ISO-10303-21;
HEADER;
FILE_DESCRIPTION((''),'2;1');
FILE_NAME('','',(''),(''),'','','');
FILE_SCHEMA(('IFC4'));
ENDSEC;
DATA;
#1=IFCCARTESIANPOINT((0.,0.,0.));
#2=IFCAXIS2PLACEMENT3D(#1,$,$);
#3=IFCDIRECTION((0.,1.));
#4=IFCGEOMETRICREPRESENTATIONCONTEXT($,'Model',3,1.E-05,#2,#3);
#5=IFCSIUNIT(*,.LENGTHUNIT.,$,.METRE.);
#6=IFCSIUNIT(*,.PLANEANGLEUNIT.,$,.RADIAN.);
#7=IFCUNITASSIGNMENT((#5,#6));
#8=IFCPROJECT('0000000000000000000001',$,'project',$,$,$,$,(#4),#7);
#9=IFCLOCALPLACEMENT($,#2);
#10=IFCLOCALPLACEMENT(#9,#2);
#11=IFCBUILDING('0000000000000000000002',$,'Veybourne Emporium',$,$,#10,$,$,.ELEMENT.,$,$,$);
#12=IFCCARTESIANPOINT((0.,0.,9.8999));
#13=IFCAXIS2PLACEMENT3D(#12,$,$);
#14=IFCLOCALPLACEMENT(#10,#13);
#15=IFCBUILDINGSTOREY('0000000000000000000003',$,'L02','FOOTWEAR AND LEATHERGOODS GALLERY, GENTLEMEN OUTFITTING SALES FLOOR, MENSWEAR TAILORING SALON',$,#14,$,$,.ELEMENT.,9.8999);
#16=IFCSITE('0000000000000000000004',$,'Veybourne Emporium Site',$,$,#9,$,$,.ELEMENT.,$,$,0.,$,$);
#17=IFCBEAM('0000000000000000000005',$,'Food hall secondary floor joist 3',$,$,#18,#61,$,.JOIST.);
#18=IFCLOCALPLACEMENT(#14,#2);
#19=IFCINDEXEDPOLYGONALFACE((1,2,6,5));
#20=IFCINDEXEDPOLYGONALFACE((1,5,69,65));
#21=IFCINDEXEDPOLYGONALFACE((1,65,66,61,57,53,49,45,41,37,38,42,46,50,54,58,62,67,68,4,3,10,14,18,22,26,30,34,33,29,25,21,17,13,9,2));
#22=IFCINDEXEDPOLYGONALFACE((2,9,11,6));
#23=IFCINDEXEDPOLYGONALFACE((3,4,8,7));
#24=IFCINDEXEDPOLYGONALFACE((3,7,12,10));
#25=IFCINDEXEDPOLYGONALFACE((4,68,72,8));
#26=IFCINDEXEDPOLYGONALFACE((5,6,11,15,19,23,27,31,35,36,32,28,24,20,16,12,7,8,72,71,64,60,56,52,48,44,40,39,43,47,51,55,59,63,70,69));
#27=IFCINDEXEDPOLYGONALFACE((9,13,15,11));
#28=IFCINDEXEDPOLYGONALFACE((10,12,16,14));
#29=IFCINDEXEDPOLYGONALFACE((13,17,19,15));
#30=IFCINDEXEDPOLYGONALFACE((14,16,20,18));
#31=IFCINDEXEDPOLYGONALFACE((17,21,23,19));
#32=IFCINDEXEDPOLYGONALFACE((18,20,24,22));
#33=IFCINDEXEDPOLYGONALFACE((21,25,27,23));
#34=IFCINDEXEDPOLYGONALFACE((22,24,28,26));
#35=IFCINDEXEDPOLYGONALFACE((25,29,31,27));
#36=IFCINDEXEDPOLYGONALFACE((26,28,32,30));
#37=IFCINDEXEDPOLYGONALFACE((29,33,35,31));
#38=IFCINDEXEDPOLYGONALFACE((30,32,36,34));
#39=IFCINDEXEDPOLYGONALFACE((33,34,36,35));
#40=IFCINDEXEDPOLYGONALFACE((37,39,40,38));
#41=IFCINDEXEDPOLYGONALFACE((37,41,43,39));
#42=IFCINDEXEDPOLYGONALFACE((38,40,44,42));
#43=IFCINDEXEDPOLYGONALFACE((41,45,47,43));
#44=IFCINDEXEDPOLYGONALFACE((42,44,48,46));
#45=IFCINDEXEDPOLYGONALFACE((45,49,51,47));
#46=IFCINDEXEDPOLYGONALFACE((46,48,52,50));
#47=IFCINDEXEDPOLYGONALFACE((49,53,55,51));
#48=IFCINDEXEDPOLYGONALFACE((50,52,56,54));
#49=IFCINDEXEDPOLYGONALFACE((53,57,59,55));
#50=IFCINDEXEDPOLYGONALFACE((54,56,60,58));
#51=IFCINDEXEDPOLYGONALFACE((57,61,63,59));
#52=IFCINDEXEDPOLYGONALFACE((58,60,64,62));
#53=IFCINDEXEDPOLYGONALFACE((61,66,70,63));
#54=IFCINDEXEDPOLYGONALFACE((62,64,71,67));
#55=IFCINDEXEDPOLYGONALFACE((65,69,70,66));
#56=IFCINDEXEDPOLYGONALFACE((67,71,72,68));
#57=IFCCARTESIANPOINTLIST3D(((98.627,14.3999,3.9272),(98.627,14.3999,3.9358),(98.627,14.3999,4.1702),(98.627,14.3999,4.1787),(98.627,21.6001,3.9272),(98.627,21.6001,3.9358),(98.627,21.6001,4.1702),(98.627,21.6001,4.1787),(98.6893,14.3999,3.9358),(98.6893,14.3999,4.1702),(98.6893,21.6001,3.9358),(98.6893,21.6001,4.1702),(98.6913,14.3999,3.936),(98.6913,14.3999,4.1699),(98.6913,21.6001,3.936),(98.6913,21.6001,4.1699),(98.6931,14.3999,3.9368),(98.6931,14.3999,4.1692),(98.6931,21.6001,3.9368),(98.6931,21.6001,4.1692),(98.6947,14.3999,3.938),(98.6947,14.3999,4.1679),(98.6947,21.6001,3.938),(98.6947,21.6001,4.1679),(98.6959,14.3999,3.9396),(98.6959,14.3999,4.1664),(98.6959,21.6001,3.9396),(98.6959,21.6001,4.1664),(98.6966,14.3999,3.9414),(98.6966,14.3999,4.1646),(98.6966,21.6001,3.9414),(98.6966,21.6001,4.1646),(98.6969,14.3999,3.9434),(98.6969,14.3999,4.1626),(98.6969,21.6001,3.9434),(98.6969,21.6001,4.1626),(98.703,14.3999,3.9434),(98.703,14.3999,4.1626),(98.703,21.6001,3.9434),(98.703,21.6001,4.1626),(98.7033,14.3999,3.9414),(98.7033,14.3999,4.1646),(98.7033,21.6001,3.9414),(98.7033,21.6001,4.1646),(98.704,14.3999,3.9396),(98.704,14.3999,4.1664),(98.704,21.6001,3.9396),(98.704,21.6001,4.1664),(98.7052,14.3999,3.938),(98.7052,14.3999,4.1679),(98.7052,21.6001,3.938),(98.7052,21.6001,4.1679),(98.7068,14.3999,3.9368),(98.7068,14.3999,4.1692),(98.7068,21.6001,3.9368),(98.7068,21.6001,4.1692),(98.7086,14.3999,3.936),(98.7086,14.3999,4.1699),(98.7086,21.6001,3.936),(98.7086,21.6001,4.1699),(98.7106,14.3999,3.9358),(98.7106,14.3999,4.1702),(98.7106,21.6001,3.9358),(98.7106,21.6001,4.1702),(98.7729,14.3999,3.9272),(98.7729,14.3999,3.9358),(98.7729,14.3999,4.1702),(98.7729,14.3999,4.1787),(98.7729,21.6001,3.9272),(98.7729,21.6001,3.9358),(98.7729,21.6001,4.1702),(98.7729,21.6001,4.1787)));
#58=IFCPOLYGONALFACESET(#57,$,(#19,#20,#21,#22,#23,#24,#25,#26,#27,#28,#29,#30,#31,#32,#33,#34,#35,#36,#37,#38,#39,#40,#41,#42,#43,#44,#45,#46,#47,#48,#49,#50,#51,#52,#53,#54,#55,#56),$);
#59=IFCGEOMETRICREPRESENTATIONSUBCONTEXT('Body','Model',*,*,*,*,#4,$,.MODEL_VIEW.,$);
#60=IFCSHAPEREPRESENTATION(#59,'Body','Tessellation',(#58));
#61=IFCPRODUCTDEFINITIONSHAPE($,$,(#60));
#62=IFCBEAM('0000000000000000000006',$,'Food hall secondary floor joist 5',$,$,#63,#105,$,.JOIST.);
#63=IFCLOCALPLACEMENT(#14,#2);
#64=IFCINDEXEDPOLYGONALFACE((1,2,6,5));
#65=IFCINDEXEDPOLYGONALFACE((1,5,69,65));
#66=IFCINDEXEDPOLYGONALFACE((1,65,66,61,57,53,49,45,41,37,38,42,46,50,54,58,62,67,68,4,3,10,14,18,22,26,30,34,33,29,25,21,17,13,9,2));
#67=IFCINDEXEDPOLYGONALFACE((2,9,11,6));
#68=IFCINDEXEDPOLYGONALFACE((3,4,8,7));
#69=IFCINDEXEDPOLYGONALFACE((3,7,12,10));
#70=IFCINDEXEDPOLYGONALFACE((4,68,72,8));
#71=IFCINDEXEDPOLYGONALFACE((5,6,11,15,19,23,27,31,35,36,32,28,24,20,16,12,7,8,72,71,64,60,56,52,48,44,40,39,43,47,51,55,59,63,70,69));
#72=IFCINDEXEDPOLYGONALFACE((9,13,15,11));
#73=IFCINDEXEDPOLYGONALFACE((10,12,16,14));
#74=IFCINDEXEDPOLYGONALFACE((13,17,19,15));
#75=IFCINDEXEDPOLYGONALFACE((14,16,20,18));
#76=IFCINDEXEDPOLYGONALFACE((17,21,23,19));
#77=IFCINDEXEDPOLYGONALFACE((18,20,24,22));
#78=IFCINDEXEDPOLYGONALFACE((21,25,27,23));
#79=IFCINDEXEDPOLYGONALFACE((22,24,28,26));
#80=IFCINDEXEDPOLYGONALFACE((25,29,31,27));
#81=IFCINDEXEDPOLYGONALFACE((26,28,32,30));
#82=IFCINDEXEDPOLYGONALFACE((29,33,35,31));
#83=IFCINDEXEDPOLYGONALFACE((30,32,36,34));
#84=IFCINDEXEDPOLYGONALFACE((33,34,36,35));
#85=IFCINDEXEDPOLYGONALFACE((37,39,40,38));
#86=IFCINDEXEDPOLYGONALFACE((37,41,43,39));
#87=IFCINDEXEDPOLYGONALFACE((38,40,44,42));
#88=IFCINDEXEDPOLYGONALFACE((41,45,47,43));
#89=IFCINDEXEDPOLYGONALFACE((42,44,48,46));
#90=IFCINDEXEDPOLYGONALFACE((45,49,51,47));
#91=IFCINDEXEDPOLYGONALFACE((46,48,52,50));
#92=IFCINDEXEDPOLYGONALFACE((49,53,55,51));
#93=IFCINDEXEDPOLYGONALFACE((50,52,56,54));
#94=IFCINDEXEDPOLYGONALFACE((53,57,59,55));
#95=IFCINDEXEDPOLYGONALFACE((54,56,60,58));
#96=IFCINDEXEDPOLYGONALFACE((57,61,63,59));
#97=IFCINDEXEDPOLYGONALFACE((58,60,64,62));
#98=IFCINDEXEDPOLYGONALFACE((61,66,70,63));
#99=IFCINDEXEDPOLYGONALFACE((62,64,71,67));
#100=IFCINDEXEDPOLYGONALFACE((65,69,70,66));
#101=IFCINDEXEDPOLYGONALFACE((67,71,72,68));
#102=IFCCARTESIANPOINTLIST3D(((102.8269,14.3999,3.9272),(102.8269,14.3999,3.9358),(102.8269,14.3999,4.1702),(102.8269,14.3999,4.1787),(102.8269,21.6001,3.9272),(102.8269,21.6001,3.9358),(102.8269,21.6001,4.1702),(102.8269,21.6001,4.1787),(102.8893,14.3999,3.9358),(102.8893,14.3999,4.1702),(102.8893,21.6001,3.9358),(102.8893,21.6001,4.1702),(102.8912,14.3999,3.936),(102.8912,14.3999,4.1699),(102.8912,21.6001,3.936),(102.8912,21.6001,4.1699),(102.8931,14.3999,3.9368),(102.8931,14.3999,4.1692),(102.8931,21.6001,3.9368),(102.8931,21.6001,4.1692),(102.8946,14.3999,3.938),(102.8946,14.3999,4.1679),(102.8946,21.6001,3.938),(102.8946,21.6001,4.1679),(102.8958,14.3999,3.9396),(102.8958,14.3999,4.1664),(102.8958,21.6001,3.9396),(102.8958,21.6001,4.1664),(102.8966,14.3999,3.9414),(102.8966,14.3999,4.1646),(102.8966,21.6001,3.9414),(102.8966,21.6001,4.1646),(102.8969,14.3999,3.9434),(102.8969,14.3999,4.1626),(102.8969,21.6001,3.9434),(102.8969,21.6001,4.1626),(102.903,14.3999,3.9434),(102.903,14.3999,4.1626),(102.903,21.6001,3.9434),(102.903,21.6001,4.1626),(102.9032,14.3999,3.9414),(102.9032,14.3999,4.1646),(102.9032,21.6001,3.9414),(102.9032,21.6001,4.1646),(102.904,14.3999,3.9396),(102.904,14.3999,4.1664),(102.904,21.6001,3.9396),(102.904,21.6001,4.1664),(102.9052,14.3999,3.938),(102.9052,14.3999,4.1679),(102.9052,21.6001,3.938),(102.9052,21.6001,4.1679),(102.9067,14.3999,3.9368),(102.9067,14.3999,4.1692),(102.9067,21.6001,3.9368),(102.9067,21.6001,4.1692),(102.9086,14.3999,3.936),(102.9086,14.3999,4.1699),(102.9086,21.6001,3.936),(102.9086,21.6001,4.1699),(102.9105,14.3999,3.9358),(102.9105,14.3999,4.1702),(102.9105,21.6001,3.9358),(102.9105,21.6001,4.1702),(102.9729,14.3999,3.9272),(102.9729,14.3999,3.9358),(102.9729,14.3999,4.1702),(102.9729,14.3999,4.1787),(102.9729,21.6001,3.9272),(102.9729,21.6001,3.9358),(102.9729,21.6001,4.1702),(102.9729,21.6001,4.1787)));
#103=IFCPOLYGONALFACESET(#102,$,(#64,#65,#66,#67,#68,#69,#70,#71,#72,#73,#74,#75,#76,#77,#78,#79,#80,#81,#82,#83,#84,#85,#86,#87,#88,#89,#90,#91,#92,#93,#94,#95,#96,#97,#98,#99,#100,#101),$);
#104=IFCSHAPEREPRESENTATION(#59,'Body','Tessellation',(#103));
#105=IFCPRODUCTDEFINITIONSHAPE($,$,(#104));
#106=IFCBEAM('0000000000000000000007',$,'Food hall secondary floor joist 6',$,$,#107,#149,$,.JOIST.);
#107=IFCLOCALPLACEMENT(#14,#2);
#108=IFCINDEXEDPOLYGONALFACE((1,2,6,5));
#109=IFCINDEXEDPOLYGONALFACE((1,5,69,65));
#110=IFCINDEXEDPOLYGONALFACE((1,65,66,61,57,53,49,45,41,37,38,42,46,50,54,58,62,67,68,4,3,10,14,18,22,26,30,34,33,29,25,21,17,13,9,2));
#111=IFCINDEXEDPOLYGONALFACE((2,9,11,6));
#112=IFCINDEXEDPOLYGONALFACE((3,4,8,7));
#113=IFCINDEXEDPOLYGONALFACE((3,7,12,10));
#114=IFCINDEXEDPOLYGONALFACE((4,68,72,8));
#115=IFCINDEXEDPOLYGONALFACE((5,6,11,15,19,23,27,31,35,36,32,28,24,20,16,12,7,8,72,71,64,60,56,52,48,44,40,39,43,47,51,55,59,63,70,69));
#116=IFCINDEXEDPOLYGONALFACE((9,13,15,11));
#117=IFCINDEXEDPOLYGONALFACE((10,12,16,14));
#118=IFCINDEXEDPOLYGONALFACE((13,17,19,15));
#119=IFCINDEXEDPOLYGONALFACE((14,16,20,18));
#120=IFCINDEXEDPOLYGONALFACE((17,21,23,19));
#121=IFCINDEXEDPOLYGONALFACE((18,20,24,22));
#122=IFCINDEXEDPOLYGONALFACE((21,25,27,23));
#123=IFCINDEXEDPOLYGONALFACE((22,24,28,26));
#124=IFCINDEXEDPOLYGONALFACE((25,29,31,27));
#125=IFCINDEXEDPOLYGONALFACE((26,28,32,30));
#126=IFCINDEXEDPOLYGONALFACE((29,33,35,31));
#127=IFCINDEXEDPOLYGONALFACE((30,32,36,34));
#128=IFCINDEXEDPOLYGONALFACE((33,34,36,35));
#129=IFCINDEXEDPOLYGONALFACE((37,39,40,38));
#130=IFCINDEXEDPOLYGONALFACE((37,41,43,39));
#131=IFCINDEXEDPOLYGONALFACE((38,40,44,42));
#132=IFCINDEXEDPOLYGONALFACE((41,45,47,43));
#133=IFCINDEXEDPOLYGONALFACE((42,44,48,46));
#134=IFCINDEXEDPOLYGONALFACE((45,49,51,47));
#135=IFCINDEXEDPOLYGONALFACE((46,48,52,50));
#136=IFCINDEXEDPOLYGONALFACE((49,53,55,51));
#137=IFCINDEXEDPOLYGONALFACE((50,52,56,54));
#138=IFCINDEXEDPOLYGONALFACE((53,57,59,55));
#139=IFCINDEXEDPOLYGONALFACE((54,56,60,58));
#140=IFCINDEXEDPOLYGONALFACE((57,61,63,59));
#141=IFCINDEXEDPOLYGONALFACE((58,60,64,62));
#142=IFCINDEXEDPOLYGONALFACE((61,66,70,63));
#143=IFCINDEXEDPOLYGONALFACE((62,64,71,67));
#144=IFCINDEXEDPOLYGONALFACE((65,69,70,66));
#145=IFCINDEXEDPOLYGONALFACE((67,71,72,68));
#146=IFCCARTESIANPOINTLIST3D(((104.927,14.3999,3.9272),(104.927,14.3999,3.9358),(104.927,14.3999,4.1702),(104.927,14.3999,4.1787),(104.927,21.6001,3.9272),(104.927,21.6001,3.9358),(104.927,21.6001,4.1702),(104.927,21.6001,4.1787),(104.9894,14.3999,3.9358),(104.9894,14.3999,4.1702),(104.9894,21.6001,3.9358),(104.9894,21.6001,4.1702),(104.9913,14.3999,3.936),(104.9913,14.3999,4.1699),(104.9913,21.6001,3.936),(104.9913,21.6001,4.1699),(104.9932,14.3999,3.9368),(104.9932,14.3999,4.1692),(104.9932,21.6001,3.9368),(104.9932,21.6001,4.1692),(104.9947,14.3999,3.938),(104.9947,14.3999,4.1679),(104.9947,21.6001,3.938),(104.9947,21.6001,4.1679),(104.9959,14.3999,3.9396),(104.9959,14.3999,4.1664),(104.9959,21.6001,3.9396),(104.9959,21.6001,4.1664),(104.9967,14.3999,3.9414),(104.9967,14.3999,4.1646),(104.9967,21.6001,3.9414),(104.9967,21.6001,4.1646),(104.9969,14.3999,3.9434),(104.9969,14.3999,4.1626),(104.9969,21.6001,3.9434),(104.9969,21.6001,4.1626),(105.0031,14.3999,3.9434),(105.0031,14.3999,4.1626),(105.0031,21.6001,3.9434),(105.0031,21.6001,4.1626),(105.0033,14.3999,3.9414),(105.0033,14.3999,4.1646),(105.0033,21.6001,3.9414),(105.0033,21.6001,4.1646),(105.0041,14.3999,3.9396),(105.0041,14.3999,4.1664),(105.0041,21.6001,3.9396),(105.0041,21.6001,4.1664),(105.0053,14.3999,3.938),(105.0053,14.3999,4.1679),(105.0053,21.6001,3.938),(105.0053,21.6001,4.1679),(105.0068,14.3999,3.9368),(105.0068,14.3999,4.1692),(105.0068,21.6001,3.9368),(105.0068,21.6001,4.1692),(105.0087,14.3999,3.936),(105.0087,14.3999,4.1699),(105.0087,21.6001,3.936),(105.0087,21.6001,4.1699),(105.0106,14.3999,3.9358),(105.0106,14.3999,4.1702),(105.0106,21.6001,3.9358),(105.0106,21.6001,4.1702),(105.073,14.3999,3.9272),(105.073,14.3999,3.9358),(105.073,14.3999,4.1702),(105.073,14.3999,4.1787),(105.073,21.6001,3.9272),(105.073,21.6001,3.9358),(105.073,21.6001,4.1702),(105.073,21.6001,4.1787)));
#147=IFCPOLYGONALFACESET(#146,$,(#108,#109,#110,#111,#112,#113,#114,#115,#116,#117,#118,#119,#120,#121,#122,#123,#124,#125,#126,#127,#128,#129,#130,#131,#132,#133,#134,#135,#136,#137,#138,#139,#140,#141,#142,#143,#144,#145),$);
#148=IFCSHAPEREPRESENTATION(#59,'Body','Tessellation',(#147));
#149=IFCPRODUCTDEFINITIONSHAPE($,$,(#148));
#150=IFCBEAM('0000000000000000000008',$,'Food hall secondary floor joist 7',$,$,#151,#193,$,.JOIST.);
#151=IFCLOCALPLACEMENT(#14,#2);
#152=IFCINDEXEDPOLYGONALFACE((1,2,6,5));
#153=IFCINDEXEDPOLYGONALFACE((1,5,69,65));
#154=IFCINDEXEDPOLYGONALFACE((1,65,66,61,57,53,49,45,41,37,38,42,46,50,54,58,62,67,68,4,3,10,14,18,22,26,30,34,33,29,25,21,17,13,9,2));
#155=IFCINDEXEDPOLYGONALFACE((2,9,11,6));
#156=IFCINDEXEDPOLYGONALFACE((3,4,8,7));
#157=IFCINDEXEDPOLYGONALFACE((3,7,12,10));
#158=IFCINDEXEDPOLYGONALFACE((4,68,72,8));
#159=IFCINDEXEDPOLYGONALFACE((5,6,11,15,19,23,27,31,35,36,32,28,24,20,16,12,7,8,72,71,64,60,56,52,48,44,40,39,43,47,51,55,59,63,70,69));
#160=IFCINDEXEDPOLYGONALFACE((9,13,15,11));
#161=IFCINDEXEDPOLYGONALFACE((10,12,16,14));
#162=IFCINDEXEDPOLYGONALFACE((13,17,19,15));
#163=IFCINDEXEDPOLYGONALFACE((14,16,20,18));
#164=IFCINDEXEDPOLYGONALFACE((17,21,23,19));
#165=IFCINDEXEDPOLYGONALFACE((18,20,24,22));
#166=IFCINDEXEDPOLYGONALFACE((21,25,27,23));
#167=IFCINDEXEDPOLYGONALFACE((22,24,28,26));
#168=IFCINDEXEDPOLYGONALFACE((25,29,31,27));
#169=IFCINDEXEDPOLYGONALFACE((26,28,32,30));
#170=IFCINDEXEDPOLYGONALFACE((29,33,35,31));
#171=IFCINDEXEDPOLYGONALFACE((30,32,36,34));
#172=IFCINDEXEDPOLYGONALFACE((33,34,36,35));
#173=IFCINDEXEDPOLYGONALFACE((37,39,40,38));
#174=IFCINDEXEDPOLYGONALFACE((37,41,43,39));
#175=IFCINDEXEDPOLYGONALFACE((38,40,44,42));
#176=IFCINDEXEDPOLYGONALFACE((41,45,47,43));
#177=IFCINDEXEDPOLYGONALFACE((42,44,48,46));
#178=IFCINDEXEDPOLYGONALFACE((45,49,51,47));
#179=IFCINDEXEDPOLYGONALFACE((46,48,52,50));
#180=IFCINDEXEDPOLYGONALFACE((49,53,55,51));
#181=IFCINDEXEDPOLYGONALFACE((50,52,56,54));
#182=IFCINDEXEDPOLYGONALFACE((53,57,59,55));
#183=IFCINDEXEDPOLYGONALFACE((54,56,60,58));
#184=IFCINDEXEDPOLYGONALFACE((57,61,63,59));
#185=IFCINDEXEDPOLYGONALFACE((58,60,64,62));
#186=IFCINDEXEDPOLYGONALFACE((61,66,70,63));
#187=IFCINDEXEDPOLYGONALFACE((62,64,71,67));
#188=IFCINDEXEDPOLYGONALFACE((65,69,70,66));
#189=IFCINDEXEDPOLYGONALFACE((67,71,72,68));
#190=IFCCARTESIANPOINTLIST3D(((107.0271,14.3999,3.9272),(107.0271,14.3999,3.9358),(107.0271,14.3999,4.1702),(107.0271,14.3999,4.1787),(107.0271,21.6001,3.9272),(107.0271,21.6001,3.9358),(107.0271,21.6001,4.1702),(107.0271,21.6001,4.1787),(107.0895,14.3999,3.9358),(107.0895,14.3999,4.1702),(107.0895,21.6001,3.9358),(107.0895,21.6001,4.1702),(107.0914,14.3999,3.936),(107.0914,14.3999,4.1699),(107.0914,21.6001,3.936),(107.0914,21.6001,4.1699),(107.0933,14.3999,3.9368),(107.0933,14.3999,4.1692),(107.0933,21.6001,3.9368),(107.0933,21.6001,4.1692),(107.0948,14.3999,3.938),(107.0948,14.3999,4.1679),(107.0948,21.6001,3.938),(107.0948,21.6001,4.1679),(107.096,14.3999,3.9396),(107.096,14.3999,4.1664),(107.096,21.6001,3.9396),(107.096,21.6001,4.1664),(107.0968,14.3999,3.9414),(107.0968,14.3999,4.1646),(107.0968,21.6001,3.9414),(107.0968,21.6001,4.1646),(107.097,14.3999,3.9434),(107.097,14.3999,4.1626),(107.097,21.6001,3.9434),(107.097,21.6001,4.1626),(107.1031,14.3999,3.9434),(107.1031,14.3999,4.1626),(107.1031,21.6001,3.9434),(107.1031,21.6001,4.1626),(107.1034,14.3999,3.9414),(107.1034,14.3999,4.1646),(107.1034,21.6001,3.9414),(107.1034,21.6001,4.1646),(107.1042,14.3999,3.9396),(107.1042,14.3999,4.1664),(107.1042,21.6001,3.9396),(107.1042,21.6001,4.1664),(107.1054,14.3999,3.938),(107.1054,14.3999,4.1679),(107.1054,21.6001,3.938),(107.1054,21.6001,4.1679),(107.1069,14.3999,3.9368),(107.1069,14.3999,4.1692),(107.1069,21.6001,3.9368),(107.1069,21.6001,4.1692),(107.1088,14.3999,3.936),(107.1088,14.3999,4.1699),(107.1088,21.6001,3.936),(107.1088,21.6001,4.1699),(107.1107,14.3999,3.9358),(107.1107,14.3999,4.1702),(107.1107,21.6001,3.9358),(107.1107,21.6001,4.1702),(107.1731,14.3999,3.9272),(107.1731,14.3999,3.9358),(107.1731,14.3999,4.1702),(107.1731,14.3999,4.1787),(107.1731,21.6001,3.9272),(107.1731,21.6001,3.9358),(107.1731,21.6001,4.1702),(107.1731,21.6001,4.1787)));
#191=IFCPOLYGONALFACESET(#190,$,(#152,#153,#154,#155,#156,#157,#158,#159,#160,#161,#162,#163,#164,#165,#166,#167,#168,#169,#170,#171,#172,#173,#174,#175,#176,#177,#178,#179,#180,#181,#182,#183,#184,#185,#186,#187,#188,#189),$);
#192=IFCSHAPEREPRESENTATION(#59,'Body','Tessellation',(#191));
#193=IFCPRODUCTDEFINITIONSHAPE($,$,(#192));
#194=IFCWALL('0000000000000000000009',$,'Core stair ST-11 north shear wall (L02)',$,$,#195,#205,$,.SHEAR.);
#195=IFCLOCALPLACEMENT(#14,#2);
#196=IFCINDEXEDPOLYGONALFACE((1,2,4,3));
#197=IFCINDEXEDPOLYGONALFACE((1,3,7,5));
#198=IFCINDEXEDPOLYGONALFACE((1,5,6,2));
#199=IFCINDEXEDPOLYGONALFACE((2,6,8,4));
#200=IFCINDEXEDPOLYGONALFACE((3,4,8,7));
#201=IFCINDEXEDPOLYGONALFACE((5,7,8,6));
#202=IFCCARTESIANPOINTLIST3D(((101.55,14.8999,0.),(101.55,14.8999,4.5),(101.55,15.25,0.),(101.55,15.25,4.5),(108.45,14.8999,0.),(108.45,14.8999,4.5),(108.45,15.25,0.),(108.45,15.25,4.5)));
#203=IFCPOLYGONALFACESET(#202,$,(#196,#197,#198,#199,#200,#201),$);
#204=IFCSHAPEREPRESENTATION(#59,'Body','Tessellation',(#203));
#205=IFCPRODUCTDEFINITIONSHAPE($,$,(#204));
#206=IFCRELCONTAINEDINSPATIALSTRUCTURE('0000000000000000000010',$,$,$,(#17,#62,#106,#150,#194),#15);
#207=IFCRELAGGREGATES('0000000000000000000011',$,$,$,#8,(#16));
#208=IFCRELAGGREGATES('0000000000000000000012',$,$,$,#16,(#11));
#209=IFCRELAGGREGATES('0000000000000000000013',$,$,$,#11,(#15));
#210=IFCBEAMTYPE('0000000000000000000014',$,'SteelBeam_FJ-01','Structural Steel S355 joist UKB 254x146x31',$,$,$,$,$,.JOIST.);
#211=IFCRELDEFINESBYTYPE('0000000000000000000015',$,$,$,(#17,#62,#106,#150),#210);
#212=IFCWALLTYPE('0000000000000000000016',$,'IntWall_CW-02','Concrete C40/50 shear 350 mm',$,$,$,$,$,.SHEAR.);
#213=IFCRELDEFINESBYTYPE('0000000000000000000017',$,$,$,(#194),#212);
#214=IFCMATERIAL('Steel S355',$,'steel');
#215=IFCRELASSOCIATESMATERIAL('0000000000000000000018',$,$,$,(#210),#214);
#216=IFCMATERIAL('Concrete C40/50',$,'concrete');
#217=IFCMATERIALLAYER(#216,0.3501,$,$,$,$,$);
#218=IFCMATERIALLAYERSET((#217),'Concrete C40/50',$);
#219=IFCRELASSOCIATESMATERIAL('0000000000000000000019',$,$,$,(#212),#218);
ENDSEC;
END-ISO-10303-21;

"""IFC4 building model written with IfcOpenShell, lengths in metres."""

from ifc_helpers import new_model, si_unit, direction, frame, frame_2d, origin, origin_2d, place, context, subcontext, project, spatial, rectangle, i_section, extrude, material, layer, layer_set, material_profile, profile_set, type_object, element, save


model = new_model("IFC4")

# Units and contexts
model_context = context("Model", 3, precision=1e-05, world=origin(), true_north=direction((0.0, 1.0)))
body_context = subcontext(model_context, "Body", "Model", "MODEL_VIEW")
ifc_project = project(units=[si_unit("LENGTHUNIT", "METRE"), si_unit("PLANEANGLEUNIT", "RADIAN")], contexts=[model_context])

# Site, building, storey
site_placement = place(None, origin())
site = spatial("IfcSite", under=ifc_project, at=site_placement, Name="Veybourne Emporium Site", CompositionType="ELEMENT", RefElevation=0.0)
building_placement = place(site_placement, origin())
building = spatial("IfcBuilding", under=site, at=building_placement, Name="Veybourne Emporium", CompositionType="ELEMENT")
storey_placement = place(building_placement, frame((0.0, 0.0, 9.8999)))
storey = spatial("IfcBuildingStorey", under=building, at=storey_placement, Name="L02", Description="FOOTWEAR AND LEATHERGOODS GALLERY, GENTLEMEN OUTFITTING SALES FLOOR, MENSWEAR TAILORING SALON", CompositionType="ELEMENT", Elevation=9.8999)

# Shared definitions
ifc_material_1 = material(Name="Concrete C40/50", Category="concrete")

# Beams
ifc_material_2 = material(Name="Steel S355", Category="steel")
ifc_material_profile_1 = material_profile(ifc_material_2, i_section(OverallWidth=0.146, OverallDepth=0.2515, WebThickness=0.0061, FlangeThickness=0.0085, FilletRadius=0.0076, at=origin_2d()), Name="UKB 254x146x31")
ifc_profile_set_1 = profile_set([ifc_material_profile_1], Name="Steel S355")
beam_type_1 = type_object("IfcBeamType", Name="SteelBeam_FJ-01", Description="Structural Steel S355 joist UKB 254x146x31", PredefinedType="JOIST", material=ifc_profile_set_1)
for number, where, z_axis, x_axis, name in (
    (1, (98.7, 14.3999, 4.053), (0.0, 1.0, 0.0), (-1.0, 0.0, 0.0), "Food hall secondary floor joist 3"),
    (2, (102.8999, 14.3999, 4.053), (0.0, 1.0, 0.0), (-1.0, 0.0, 0.0), "Food hall secondary floor joist 5"),
    (3, (105.0, 14.3999, 4.053), (0.0, 1.0, 0.0), (-1.0, 0.0, 0.0), "Food hall secondary floor joist 6"),
    (4, (107.1001, 14.3999, 4.053), (0.0, 1.0, 0.0), (-1.0, 0.0, 0.0), "Food hall secondary floor joist 7"),
):
    element("IfcBeam", number, at=place(storey_placement, frame(where, z_axis=z_axis, x_axis=x_axis)), inside=storey, type_object=beam_type_1, Name=name, PredefinedType="JOIST", context=body_context, shape_type="SweptSolid", body=[
        extrude(i_section(OverallWidth=0.146, OverallDepth=0.2515, WebThickness=0.0061, FlangeThickness=0.0085, FilletRadius=0.0076, at=origin_2d()), origin(), (0.0, 0.0, 1.0), 7.2002),
    ])

# Wall
ifc_layer_1 = layer(ifc_material_1, 0.3501)
ifc_layer_set_1 = layer_set([ifc_layer_1], Name="Concrete C40/50")
wall_type_1 = type_object("IfcWallType", Name="IntWall_CW-02", Description="Concrete C40/50 shear 350 mm", PredefinedType="SHEAR", material=ifc_layer_set_1)
wall_1_placement = place(storey_placement, frame((101.55, 15.075, 0.0), z_axis=(0.0, 0.0, 1.0), x_axis=(1.0, 0.0, 0.0)))
element("IfcWall", 5, at=wall_1_placement, inside=storey, type_object=wall_type_1, Name="Core stair ST-11 north shear wall (L02)", PredefinedType="SHEAR", context=body_context, shape_type="SweptSolid", body=[
    extrude(rectangle(XDim=6.8999, YDim=0.3501, at=frame_2d((3.45, 0.0))), origin(), (0.0, 0.0, 1.0), 4.5),
])

save(model, "model.ifc")
